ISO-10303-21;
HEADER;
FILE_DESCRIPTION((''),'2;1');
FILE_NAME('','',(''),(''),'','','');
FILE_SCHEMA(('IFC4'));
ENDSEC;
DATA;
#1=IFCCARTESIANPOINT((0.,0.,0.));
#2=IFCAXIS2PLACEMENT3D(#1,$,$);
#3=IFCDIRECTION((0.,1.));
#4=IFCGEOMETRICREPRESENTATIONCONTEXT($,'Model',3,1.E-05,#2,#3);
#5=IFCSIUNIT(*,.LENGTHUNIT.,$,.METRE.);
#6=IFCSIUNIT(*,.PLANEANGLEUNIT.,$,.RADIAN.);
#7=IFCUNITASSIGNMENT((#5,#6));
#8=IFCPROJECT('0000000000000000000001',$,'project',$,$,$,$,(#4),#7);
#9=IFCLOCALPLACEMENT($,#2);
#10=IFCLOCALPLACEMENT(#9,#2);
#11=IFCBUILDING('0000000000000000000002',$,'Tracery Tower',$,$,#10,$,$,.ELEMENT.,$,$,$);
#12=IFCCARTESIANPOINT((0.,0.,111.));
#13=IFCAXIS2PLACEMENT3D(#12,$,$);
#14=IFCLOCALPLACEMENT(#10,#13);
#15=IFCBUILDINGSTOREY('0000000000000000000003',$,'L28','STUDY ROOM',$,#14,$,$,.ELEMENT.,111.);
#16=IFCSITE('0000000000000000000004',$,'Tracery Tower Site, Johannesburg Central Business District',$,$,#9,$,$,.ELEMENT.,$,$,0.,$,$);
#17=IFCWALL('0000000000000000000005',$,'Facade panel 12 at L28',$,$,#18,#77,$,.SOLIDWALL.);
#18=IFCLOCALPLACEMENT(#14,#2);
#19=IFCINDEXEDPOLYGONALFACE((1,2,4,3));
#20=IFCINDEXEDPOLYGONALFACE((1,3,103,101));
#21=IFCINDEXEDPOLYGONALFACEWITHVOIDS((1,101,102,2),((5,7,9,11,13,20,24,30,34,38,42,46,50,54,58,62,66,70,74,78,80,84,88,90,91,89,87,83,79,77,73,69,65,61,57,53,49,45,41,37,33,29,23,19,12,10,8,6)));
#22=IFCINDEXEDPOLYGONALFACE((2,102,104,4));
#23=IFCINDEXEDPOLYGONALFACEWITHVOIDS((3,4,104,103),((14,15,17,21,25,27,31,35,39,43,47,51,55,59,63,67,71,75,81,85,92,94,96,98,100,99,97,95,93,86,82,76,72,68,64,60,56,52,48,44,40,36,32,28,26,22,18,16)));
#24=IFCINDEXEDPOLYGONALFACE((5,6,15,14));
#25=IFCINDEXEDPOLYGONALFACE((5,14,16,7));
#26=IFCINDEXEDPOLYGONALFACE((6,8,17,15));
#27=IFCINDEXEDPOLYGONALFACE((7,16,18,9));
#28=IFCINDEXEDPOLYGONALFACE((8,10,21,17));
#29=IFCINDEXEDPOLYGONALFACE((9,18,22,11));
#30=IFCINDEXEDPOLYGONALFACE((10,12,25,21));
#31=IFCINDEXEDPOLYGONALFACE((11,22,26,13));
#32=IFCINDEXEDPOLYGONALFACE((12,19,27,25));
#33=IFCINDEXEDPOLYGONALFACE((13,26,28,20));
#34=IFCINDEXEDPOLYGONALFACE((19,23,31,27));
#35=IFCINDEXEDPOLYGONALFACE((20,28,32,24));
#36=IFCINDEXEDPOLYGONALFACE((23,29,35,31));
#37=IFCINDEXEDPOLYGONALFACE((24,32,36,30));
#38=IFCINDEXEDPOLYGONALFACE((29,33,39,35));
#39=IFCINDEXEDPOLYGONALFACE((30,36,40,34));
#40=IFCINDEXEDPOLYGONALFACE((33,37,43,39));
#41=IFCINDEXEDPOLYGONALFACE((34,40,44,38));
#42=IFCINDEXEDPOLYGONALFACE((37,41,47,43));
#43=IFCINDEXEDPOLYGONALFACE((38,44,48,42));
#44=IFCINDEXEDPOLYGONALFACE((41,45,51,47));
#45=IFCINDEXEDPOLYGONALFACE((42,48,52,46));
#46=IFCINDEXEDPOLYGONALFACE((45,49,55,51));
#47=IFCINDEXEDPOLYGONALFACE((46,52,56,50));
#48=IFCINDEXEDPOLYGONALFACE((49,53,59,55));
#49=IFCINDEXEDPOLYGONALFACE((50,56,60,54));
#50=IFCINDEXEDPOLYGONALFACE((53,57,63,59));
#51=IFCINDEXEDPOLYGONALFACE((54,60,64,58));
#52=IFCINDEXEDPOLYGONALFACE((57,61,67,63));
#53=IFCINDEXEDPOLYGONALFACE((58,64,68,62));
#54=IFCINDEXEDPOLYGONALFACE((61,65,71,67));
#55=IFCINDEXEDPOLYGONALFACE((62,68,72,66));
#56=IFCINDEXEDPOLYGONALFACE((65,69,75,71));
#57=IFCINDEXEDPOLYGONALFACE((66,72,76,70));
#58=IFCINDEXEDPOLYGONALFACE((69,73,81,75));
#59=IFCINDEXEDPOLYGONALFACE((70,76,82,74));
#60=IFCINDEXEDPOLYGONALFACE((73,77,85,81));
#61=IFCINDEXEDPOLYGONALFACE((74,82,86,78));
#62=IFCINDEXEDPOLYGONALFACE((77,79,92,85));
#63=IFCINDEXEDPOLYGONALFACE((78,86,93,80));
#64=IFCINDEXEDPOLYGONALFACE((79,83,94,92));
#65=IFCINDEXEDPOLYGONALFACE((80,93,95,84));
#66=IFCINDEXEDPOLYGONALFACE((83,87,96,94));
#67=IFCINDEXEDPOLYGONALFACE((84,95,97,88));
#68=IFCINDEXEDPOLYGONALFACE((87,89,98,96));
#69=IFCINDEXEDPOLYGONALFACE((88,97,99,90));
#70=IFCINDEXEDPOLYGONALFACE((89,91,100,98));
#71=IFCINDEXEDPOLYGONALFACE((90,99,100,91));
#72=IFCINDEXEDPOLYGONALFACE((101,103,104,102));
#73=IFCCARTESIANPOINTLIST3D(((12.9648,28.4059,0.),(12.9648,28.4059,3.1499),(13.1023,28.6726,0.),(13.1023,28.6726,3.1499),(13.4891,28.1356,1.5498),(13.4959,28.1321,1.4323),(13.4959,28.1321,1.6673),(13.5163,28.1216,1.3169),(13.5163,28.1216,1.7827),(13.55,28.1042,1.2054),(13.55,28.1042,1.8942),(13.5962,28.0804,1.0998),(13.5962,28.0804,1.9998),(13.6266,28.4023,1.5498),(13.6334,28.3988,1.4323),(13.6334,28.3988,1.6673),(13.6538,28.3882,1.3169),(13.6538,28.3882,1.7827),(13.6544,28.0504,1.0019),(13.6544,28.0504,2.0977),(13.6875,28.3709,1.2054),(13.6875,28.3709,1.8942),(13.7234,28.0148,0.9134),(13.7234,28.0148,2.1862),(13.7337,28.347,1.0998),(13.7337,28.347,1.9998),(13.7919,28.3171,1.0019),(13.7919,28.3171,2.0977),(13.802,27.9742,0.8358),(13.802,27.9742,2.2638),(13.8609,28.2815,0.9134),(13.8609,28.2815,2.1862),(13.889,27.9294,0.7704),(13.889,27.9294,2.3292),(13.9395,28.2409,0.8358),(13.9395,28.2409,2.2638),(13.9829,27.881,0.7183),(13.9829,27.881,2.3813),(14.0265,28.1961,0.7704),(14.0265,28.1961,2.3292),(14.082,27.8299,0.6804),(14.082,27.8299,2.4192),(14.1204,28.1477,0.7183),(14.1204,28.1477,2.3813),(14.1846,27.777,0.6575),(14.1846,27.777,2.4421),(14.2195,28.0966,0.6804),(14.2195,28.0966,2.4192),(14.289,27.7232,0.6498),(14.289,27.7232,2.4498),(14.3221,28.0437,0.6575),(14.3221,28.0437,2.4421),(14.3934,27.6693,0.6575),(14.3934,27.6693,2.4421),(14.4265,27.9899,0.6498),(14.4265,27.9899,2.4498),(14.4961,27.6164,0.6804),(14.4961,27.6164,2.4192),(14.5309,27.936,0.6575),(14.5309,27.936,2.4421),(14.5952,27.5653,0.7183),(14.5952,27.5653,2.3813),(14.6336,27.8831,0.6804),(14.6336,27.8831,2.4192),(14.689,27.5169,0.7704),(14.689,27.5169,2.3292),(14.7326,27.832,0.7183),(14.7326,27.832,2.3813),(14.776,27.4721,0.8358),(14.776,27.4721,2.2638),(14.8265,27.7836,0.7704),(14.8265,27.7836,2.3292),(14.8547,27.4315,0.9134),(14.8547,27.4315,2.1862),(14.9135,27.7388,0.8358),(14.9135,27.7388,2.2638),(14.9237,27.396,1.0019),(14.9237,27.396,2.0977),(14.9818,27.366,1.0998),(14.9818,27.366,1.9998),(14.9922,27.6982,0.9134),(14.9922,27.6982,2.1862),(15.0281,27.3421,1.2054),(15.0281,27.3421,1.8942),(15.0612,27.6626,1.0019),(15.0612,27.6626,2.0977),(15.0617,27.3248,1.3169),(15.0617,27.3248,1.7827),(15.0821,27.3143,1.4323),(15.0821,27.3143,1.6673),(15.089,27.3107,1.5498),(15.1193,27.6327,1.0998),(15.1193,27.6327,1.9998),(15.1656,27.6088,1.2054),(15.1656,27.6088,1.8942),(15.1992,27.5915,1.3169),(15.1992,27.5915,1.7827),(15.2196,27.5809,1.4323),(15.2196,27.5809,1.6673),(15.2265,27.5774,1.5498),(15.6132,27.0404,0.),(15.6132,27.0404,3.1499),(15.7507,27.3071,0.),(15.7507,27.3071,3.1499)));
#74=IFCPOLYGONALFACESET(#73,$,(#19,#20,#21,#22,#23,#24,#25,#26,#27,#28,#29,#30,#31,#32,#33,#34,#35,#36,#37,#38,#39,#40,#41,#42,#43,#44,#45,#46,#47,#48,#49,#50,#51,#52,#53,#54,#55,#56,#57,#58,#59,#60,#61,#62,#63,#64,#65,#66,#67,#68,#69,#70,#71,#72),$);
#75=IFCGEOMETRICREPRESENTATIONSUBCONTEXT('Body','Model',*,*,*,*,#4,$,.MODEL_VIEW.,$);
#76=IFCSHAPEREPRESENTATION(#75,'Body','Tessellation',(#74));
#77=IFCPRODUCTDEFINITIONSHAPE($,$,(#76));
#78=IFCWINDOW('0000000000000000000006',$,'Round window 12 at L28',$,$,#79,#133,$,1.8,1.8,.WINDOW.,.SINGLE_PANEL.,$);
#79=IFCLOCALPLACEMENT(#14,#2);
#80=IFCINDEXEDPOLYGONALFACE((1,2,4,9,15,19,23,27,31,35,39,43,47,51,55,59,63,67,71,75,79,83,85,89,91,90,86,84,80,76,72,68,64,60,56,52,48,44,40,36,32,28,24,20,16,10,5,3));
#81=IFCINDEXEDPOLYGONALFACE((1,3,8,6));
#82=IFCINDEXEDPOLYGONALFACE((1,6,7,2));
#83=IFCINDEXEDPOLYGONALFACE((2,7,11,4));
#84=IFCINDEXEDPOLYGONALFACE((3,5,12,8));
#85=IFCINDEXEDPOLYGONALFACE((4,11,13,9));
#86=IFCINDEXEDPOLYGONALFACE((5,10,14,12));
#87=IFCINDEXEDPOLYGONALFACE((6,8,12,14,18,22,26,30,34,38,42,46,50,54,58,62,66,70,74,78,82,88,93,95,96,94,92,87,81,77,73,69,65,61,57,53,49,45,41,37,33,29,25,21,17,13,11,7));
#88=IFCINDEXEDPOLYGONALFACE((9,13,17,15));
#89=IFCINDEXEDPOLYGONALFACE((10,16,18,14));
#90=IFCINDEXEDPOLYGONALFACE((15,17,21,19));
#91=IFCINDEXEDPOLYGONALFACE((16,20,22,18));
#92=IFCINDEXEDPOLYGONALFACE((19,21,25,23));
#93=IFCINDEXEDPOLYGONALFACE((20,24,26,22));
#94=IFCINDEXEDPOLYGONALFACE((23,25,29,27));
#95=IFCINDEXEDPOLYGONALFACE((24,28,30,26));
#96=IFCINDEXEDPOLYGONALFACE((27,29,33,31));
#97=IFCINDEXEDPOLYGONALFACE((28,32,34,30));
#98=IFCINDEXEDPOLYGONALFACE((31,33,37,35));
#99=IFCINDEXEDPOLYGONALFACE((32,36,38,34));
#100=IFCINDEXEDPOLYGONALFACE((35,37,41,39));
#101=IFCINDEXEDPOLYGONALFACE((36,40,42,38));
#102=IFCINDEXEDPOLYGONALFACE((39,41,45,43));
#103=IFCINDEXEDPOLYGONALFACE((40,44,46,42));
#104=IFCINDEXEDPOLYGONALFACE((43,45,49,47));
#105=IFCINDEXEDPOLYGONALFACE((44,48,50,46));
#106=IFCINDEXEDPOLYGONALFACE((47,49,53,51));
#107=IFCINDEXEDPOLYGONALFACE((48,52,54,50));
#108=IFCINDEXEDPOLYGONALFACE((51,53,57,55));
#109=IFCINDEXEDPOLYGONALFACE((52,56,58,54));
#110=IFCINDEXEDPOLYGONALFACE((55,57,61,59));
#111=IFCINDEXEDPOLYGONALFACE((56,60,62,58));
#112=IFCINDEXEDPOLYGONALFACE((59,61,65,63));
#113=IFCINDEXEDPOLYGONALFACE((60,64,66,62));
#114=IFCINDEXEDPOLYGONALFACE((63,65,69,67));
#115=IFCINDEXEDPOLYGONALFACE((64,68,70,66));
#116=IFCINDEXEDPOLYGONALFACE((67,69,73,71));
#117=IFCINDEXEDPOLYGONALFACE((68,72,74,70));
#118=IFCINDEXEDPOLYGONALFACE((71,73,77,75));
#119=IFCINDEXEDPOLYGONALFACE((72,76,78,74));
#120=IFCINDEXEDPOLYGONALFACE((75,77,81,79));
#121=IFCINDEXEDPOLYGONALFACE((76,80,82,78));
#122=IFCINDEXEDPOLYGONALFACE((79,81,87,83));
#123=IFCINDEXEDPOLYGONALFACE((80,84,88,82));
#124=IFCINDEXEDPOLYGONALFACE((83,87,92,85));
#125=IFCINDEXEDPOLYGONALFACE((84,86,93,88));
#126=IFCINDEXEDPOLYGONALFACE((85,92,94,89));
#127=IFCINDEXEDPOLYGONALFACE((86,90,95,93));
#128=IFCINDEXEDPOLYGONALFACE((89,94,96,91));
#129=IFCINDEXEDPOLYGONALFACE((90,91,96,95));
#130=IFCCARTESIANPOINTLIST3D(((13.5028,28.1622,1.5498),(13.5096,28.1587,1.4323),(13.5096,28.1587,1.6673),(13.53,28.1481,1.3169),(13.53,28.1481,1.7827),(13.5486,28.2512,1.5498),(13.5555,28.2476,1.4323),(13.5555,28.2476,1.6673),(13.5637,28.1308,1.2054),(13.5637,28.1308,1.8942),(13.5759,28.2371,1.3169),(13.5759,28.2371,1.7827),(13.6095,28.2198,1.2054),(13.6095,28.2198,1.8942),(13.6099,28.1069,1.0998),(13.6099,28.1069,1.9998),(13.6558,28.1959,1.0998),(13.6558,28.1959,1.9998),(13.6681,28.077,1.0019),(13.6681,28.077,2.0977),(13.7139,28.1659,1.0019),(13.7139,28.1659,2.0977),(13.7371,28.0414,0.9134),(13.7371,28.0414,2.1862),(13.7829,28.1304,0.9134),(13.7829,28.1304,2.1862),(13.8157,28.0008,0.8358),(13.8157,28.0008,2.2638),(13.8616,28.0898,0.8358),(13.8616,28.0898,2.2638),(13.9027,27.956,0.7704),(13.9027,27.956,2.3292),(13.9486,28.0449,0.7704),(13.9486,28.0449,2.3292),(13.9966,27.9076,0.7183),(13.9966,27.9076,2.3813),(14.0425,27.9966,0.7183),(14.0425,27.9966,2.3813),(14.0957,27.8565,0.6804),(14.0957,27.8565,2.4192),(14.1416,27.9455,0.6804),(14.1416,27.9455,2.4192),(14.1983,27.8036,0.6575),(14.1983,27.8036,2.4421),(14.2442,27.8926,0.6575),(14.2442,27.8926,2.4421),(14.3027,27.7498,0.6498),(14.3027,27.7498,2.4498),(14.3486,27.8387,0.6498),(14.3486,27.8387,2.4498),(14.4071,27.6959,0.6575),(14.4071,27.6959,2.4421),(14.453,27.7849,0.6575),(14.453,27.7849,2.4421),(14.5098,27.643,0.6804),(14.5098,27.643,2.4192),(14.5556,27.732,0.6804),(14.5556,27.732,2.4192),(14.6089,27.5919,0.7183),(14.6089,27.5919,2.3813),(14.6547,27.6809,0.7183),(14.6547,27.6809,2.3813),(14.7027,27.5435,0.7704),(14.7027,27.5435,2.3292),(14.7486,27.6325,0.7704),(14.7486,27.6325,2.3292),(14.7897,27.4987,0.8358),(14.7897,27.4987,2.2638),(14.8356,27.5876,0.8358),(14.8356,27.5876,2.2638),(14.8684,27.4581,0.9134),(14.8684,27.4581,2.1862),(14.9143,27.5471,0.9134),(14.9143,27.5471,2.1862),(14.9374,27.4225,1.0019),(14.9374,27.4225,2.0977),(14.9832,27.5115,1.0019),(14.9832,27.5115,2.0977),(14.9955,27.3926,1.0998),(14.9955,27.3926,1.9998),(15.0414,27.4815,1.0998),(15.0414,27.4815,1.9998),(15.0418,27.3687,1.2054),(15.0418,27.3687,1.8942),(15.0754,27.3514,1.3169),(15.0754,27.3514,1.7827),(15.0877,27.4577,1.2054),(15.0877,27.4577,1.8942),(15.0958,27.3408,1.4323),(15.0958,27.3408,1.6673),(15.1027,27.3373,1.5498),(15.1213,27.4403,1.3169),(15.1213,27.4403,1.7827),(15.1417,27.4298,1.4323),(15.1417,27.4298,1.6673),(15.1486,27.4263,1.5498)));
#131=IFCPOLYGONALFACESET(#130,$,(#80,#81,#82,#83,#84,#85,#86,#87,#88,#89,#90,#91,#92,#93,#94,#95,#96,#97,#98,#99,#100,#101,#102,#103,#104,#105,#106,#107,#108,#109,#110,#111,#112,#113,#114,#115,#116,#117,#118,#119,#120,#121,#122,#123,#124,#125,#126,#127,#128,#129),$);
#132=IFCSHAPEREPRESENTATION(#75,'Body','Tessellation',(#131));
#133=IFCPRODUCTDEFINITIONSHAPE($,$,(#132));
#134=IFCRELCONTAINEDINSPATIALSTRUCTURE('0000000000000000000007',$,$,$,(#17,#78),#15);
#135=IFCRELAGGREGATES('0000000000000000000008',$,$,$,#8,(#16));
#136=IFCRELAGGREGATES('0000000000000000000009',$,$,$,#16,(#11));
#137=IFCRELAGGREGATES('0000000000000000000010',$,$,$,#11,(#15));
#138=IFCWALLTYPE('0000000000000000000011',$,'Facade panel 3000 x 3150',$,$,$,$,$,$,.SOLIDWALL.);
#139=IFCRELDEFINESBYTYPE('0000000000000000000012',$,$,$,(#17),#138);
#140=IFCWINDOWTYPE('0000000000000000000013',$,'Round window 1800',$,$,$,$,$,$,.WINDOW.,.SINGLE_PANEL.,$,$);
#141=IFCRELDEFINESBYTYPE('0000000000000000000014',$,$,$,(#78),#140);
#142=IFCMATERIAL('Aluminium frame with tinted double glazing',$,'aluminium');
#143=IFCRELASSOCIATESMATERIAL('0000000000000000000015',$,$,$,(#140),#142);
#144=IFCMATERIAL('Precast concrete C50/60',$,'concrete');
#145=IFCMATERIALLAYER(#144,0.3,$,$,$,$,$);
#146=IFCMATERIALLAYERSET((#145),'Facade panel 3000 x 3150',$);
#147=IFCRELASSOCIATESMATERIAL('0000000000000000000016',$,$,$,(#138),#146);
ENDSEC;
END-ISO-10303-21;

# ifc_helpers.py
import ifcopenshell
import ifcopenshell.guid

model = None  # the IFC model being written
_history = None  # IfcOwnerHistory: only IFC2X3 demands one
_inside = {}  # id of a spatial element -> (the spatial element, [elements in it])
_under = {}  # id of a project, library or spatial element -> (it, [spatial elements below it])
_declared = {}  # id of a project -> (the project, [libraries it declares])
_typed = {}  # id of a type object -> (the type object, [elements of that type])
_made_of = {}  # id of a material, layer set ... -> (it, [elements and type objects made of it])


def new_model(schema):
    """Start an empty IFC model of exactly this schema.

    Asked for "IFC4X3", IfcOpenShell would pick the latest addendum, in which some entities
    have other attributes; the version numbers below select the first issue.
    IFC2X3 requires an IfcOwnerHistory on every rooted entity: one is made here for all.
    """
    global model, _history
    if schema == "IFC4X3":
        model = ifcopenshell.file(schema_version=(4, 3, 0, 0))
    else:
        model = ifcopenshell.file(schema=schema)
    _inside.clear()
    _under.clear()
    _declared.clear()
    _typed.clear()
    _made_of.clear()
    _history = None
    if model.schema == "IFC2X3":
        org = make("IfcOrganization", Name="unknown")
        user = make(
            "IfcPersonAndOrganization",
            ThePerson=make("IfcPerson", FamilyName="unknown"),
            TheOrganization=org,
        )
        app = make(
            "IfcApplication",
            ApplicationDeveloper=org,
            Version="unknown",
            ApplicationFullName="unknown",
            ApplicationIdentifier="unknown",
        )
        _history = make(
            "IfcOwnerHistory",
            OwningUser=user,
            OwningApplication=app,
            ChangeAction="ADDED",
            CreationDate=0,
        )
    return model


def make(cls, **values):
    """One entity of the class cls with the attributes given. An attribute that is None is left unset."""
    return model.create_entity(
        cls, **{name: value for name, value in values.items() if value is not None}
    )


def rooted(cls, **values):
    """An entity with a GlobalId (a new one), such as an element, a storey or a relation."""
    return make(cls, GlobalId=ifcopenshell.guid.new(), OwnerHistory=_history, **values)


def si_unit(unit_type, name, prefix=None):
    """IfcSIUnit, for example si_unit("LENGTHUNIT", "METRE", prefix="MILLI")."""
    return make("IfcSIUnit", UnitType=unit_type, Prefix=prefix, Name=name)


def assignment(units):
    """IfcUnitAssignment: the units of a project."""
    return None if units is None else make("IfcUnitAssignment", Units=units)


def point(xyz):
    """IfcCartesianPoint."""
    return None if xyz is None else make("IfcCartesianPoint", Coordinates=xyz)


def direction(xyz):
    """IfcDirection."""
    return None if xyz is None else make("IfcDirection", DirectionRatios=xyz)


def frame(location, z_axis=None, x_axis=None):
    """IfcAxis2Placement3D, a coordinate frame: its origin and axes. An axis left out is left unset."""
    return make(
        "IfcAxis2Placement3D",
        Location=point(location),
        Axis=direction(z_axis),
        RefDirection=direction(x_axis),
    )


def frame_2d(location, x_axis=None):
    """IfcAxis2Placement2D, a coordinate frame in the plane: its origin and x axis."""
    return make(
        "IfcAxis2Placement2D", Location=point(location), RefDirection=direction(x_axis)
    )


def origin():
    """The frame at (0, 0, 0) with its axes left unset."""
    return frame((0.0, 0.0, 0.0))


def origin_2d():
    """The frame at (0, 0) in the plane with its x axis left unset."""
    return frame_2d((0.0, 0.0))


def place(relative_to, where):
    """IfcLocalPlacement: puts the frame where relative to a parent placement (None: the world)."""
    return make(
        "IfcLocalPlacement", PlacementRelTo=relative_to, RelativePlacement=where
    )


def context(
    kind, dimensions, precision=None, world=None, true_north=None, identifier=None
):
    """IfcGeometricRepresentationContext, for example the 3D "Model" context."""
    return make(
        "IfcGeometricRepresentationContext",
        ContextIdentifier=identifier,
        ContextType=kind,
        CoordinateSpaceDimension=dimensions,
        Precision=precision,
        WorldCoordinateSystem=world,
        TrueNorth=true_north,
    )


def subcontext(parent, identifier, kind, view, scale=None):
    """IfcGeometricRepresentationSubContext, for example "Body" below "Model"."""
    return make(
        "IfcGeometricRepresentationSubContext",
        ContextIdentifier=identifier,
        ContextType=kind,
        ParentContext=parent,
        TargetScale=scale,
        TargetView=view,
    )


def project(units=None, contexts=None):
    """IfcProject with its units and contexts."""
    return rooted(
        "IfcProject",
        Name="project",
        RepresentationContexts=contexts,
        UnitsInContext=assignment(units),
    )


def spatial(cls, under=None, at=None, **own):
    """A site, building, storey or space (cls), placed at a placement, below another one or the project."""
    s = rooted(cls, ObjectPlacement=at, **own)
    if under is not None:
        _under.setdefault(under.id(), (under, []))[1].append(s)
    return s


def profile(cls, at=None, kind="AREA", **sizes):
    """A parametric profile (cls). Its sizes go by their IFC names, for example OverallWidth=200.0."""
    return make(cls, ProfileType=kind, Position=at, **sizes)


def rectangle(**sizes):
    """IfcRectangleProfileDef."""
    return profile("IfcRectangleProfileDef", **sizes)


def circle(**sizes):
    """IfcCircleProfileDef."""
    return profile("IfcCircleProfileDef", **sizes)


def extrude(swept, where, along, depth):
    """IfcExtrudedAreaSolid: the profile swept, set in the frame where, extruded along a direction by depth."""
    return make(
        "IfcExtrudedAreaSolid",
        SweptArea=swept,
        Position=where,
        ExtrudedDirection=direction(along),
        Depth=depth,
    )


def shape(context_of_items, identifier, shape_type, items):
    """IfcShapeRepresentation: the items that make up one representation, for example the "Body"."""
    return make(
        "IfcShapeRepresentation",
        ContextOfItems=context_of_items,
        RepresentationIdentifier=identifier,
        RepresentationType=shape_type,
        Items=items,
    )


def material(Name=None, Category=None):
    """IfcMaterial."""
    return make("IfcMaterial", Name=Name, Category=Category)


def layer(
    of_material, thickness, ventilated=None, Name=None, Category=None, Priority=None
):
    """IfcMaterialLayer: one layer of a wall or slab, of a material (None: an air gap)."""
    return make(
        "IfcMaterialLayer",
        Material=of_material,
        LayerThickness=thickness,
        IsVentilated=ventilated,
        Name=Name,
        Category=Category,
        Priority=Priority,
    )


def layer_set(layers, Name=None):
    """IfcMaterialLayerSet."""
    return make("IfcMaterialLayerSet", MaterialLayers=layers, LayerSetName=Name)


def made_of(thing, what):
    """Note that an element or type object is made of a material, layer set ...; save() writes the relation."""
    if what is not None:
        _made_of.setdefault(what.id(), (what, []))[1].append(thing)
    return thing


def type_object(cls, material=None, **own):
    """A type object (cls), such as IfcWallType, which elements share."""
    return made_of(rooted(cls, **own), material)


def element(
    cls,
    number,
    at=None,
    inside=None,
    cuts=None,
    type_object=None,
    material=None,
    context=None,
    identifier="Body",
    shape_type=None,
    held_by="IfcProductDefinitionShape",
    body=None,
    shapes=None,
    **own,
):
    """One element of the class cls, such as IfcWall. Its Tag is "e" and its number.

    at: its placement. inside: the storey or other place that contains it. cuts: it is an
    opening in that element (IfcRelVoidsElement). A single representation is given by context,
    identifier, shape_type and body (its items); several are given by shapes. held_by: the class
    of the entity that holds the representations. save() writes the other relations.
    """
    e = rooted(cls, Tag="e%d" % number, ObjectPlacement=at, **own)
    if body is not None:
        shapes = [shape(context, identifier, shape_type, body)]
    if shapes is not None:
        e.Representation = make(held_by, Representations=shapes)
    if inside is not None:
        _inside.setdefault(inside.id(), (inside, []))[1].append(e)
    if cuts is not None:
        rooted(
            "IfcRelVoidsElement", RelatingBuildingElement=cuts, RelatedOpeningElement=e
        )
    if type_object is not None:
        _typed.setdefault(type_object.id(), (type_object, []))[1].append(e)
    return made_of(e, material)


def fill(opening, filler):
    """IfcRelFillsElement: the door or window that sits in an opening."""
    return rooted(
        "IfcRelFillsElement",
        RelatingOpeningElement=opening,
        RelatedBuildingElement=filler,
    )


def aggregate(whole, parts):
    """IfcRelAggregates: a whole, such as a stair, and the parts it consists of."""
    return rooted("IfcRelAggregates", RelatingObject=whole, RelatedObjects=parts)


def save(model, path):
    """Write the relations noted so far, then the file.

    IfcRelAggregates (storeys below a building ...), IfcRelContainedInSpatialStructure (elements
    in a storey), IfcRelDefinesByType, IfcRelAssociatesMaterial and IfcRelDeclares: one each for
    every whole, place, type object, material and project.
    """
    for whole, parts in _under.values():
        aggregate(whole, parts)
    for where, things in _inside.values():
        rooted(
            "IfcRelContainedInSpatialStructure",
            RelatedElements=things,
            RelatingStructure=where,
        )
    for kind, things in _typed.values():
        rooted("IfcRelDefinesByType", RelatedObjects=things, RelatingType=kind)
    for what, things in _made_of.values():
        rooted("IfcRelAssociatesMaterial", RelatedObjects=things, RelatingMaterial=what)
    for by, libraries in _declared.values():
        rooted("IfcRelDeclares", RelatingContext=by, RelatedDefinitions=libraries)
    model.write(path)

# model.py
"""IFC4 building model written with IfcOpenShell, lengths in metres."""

from ifc_helpers import new_model, si_unit, direction, frame, frame_2d, origin, origin_2d, place, context, subcontext, project, spatial, rectangle, circle, extrude, material, layer, layer_set, type_object, element, fill, save


model = new_model("IFC4")

# Units and contexts
model_context = context("Model", 3, precision=1e-05, world=origin(), true_north=direction((0.0, 1.0)))
body_context = subcontext(model_context, "Body", "Model", "MODEL_VIEW")
ifc_project = project(units=[si_unit("LENGTHUNIT", "METRE"), si_unit("PLANEANGLEUNIT", "RADIAN")], contexts=[model_context])

# Site, building, storey
site_placement = place(None, origin())
site = spatial("IfcSite", under=ifc_project, at=site_placement, Name="Tracery Tower Site, Johannesburg Central Business District", CompositionType="ELEMENT", RefElevation=0.0)
building_placement = place(site_placement, origin())
building = spatial("IfcBuilding", under=site, at=building_placement, Name="Tracery Tower", CompositionType="ELEMENT")
storey_placement = place(building_placement, frame((0.0, 0.0, 111.0)))
storey = spatial("IfcBuildingStorey", under=building, at=storey_placement, Name="L28", Description="STUDY ROOM", CompositionType="ELEMENT", Elevation=111.0)

# Wall, opening, window
ifc_material_1 = material(Name="Aluminium frame with tinted double glazing", Category="aluminium")
window_type = type_object("IfcWindowType", Name="Round window 1800", PartitioningType="SINGLE_PANEL", PredefinedType="WINDOW", material=ifc_material_1)
ifc_material_2 = material(Name="Precast concrete C50/60", Category="concrete")
ifc_layer_1 = layer(ifc_material_2, 0.3)
ifc_layer_set_1 = layer_set([ifc_layer_1], Name="Facade panel 3000 x 3150")
wall_type_1 = type_object("IfcWallType", Name="Facade panel 3000 x 3150", PredefinedType="SOLIDWALL", material=ifc_layer_set_1)
wall_1_placement = place(storey_placement, frame((15.6819, 27.1738, 0.0), z_axis=(0.0, 0.0, 1.0), x_axis=(-0.88882, 0.458257, 0.0)))
wall_1 = element("IfcWall", 1, at=wall_1_placement, inside=storey, type_object=wall_type_1, Name="Facade panel 12 at L28", PredefinedType="SOLIDWALL", context=body_context, shape_type="SweptSolid", body=[
    extrude(rectangle(XDim=2.9797, YDim=0.3, at=frame_2d((1.4897, 0.0))), origin(), (0.0, 0.0, 1.0), 3.1499),
])
opening_1_placement = place(wall_1_placement, frame((1.4897, 0.0, 1.5498)))
opening_1 = element("IfcOpeningElement", 2, at=opening_1_placement, cuts=wall_1, PredefinedType="OPENING", context=body_context, shape_type="SweptSolid", body=[
    extrude(circle(Radius=0.9, at=origin_2d()), frame((0.0, 0.1599, 0.0), z_axis=(0.0, -1.0, 0.0), x_axis=(1.0, 0.0, 0.0)), (0.0, 0.0, 1.0), 0.3201),
])
window_1_placement = place(opening_1_placement, origin())
window_1 = element("IfcWindow", 3, at=window_1_placement, inside=storey, type_object=window_type, Name="Round window 12 at L28", OverallHeight=1.8, OverallWidth=1.8, PartitioningType="SINGLE_PANEL", PredefinedType="WINDOW", context=body_context, shape_type="SweptSolid", body=[
    extrude(circle(Radius=0.9, at=origin_2d()), frame((0.0, 0.1201, 0.0), z_axis=(0.0, -1.0, 0.0), x_axis=(1.0, 0.0, 0.0)), (0.0, 0.0, 1.0), 0.1001),
])
fill(opening_1, window_1)

save(model, "model.ifc")
